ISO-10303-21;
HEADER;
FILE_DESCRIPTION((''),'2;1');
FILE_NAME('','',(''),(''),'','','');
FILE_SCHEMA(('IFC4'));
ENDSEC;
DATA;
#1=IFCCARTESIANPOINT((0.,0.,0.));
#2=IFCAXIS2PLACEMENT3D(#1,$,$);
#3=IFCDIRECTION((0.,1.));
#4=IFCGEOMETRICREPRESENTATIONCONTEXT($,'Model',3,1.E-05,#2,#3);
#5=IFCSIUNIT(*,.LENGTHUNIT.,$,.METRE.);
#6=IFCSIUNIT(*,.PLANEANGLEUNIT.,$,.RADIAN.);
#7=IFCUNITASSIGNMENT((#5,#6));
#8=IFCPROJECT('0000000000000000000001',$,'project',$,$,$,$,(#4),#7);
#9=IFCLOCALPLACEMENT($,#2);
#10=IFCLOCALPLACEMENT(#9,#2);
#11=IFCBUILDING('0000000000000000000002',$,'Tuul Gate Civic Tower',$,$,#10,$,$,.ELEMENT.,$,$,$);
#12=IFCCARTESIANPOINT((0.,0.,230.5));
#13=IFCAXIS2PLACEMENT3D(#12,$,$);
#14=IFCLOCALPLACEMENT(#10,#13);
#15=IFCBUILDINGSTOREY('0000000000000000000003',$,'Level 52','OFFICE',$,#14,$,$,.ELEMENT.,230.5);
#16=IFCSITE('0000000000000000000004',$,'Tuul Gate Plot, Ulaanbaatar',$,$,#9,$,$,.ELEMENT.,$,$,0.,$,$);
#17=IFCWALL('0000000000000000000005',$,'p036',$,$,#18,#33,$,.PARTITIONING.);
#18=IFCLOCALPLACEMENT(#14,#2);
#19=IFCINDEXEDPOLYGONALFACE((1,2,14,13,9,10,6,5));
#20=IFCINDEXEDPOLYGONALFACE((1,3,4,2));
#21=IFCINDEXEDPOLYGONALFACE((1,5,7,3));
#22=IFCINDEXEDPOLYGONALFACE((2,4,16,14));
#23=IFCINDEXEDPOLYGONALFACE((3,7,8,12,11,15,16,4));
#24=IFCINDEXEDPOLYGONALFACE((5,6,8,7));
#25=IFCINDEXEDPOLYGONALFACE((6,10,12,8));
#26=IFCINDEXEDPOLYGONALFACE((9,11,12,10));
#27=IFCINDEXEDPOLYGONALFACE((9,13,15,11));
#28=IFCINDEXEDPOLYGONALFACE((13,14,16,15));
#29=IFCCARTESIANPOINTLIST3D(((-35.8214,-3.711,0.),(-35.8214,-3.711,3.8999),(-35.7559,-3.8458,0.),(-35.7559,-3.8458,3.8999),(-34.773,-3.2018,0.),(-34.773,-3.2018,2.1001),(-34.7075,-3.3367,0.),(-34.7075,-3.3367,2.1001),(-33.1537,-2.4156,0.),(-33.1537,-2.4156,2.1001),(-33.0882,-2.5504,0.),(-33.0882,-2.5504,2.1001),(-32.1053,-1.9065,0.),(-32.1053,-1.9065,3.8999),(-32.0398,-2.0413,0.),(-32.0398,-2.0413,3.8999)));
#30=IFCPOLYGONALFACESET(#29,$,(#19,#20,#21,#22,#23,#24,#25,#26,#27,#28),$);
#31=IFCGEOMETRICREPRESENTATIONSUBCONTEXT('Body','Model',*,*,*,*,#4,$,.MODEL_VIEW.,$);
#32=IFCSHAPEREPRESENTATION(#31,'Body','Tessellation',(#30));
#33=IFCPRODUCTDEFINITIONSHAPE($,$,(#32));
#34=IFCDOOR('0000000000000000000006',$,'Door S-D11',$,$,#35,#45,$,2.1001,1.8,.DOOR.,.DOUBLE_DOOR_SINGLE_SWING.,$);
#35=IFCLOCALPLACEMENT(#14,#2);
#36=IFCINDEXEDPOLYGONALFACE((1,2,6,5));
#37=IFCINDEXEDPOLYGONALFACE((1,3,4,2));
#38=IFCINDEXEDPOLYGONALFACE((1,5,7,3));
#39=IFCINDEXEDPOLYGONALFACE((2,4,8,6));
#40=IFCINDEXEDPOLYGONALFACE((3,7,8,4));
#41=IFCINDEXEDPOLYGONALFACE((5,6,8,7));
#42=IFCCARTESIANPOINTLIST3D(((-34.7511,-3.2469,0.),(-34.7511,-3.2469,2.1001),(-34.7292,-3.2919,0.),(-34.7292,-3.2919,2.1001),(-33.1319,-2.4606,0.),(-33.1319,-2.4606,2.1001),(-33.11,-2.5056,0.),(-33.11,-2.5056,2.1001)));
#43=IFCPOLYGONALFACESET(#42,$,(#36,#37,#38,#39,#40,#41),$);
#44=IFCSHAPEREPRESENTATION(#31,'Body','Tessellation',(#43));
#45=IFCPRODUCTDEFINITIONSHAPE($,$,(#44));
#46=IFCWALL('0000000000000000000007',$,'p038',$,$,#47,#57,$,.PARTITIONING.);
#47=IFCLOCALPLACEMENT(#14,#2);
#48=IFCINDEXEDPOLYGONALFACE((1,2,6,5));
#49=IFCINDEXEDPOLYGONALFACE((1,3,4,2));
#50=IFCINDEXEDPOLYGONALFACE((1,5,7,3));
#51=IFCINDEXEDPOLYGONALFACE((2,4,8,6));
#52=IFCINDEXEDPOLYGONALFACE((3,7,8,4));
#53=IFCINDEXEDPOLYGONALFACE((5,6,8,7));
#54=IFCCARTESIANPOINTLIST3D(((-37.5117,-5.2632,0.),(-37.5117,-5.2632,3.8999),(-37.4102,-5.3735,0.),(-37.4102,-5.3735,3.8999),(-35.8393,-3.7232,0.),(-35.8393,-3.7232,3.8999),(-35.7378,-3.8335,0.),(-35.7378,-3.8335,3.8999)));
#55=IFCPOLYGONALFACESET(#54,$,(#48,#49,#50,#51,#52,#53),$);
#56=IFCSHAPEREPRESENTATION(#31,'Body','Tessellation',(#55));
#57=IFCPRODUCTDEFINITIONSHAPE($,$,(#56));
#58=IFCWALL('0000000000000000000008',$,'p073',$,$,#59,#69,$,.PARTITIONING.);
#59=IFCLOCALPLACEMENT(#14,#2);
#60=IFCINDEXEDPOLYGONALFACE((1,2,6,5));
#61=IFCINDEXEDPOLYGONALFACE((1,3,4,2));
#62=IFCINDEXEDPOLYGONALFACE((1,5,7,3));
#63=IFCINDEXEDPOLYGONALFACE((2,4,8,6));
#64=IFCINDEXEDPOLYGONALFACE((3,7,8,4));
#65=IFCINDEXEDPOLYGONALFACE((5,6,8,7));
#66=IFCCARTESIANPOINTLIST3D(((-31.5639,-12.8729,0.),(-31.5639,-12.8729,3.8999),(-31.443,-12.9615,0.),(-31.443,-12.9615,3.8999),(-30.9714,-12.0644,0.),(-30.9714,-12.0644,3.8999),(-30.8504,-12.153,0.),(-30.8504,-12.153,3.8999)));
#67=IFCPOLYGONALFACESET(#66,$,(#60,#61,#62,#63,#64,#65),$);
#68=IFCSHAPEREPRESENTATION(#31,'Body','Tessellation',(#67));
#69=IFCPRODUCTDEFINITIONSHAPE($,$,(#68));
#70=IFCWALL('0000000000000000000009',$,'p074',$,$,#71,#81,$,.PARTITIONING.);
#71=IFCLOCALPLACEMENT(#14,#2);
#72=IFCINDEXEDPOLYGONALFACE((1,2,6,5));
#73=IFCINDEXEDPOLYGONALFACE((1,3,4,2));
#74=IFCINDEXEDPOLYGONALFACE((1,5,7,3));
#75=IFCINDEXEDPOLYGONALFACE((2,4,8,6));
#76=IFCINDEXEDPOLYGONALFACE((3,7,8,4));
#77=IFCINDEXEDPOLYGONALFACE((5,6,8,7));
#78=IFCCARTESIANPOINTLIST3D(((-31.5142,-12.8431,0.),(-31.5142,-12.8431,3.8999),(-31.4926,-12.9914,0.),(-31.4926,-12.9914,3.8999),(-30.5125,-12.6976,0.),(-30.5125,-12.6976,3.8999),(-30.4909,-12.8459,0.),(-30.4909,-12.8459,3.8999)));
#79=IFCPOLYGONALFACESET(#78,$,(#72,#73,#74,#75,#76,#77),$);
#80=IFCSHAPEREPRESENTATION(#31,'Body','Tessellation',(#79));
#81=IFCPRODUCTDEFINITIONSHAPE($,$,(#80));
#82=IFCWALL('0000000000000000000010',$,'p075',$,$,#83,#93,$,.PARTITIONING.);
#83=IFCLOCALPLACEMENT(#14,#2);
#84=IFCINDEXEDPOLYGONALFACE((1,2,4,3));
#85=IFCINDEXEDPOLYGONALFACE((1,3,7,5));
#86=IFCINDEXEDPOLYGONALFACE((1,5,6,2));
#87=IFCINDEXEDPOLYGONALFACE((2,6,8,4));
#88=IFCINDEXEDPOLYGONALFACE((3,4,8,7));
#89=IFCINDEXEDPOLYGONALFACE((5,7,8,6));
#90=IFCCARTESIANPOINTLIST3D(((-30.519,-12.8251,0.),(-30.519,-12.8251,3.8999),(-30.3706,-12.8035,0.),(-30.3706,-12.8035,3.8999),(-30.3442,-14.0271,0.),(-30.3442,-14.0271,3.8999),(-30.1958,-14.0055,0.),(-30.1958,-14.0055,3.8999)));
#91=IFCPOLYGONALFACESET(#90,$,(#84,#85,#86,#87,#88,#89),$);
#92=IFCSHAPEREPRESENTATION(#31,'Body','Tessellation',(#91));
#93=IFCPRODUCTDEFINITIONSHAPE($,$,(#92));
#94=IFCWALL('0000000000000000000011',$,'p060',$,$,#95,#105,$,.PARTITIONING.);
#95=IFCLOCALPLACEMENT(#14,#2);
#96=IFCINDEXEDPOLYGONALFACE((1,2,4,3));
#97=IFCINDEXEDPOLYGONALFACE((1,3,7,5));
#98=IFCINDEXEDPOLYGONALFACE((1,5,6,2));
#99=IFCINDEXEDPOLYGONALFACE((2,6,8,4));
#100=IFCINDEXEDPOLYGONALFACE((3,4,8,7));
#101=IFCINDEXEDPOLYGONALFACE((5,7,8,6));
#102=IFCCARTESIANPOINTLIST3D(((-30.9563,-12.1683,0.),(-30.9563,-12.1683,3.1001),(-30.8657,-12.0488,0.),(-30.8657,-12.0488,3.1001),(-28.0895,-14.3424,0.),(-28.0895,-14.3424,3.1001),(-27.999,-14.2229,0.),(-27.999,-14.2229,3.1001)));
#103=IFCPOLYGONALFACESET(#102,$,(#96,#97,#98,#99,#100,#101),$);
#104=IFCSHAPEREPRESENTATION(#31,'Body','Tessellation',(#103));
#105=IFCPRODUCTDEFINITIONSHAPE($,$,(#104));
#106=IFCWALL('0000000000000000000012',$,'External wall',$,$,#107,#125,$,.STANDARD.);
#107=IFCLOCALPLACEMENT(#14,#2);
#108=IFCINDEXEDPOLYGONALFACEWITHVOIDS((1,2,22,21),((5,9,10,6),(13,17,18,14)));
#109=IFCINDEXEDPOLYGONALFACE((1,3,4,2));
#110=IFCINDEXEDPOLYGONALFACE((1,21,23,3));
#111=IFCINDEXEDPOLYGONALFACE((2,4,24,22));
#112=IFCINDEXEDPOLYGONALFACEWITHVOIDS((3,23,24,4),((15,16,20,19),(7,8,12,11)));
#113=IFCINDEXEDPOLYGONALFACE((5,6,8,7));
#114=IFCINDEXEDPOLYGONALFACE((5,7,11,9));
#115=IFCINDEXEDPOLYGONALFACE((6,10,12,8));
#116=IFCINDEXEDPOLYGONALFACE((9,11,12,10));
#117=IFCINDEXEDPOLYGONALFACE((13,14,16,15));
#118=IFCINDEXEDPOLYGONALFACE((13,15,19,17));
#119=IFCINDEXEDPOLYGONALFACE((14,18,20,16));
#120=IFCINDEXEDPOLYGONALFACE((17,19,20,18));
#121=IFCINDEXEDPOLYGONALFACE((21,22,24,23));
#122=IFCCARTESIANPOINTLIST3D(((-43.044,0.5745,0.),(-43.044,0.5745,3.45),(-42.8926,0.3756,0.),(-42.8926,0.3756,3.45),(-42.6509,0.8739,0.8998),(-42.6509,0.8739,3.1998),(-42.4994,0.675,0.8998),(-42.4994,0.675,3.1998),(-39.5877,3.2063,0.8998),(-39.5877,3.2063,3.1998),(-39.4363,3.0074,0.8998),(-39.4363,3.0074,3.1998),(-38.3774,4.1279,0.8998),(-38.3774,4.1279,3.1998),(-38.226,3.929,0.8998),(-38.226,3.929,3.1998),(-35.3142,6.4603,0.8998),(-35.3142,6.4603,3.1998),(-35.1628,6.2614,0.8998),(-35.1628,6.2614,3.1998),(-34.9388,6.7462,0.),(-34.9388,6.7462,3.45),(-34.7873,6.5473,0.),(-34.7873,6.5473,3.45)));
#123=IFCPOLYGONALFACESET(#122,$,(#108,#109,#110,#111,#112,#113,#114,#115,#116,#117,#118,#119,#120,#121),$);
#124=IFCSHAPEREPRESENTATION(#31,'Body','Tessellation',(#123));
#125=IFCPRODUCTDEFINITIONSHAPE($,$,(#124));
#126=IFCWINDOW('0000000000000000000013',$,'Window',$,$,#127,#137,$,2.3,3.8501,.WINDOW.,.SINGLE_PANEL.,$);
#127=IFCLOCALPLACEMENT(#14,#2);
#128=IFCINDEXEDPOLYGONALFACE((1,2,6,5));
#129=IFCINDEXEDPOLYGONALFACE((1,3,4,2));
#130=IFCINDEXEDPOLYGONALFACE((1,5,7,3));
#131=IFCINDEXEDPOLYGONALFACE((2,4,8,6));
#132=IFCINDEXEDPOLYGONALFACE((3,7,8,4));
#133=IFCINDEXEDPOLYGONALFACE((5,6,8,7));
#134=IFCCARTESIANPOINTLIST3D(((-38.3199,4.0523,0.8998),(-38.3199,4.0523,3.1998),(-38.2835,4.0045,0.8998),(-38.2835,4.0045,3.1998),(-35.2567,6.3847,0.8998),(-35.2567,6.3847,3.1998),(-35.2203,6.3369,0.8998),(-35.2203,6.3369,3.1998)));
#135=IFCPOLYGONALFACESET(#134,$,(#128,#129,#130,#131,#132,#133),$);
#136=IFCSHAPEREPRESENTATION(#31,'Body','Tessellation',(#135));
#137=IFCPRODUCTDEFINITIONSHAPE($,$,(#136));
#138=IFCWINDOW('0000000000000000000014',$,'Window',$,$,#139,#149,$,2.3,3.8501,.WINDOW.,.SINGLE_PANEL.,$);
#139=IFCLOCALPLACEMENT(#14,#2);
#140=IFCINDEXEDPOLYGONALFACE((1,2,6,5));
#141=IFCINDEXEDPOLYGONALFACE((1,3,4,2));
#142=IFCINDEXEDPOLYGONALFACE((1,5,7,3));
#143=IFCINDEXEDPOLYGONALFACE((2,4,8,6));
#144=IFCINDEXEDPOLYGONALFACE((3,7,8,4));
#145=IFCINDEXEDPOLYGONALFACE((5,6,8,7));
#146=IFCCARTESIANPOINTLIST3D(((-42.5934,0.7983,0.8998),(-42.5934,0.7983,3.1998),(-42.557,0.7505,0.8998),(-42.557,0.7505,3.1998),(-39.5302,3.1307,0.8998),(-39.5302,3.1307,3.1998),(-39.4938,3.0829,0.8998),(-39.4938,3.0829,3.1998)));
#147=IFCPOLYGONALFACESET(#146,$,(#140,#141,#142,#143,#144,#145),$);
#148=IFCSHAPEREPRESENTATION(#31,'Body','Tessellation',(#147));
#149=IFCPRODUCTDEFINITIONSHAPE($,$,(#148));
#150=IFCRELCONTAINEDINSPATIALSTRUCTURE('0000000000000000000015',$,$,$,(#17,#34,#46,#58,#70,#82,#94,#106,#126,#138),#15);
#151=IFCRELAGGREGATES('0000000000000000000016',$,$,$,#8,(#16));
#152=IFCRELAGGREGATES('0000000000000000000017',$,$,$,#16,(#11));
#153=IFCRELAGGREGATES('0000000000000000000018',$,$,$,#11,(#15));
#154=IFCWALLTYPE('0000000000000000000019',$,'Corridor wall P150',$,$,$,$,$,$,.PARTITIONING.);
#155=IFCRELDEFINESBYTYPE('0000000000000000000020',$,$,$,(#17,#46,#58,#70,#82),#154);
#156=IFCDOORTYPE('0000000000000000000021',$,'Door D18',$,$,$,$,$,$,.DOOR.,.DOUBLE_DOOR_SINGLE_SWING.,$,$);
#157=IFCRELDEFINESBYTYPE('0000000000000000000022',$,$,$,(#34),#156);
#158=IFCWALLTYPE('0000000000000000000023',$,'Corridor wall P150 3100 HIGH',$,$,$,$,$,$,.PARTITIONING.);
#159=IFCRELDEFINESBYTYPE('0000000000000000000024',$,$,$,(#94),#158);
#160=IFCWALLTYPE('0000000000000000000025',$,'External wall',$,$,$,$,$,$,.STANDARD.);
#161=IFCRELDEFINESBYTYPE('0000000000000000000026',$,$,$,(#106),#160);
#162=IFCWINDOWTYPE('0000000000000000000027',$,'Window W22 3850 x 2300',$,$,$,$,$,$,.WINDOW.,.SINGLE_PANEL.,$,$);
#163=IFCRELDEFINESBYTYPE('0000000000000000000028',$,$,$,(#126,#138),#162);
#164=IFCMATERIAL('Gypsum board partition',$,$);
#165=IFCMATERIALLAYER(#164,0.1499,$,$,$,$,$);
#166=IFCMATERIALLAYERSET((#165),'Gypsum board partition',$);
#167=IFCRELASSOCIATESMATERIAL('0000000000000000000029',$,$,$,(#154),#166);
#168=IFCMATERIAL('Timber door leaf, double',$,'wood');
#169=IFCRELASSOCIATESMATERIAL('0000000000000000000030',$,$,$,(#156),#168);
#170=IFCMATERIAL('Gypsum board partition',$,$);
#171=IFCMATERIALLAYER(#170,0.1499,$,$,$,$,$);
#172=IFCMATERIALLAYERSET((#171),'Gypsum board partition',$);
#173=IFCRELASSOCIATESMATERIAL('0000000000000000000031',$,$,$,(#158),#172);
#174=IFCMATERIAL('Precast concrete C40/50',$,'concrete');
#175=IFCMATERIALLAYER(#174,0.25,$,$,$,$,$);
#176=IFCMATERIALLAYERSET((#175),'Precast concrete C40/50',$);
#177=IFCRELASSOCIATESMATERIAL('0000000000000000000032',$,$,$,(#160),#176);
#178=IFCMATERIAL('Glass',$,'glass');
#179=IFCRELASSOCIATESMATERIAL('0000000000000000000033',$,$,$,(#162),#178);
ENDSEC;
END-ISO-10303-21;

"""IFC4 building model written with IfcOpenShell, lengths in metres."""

from ifc_helpers import new_model, si_unit, direction, frame, frame_2d, origin, place, context, subcontext, project, spatial, rectangle, extrude, material, layer, layer_set, type_object, element, fill, save


model = new_model("IFC4")

# Units and contexts
model_context = context("Model", 3, precision=1e-05, world=origin(), true_north=direction((0.0, 1.0)))
body_context = subcontext(model_context, "Body", "Model", "MODEL_VIEW")
ifc_project = project(units=[si_unit("LENGTHUNIT", "METRE"), si_unit("PLANEANGLEUNIT", "RADIAN")], contexts=[model_context])

# Site, building, storey
site_placement = place(None, origin())
site = spatial("IfcSite", under=ifc_project, at=site_placement, Name="Tuul Gate Plot, Ulaanbaatar", CompositionType="ELEMENT", RefElevation=0.0)
building_placement = place(site_placement, origin())
building = spatial("IfcBuilding", under=site, at=building_placement, Name="Tuul Gate Civic Tower", CompositionType="ELEMENT")
storey_placement = place(building_placement, frame((0.0, 0.0, 230.5)))
storey = spatial("IfcBuildingStorey", under=building, at=storey_placement, Name="Level 52", Description="OFFICE", CompositionType="ELEMENT", Elevation=230.5)

# Shared definitions
ifc_material_1 = material(Name="Gypsum board partition")
ifc_layer_1 = layer(ifc_material_1, 0.1499)
ifc_layer_set_1 = layer_set([ifc_layer_1], Name="Gypsum board partition")
wall_type_1 = type_object("IfcWallType", Name="Corridor wall P150", PredefinedType="PARTITIONING", material=ifc_layer_set_1)

# Wall, opening, door
wall_1_placement = place(storey_placement, frame((-35.7886, -3.7783, 0.0), z_axis=(0.0, 0.0, 1.0), x_axis=(0.899556, 0.436806, 0.0)))
wall_1 = element("IfcWall", 1, at=wall_1_placement, inside=storey, type_object=wall_type_1, Name="p036", PredefinedType="PARTITIONING", context=body_context, shape_type="SweptSolid", body=[
    extrude(rectangle(XDim=4.1311, YDim=0.1499, at=frame_2d((2.0654, 0.0))), origin(), (0.0, 0.0, 1.0), 3.8999),
])
opening_1_placement = place(wall_1_placement, frame((1.1655, 0.0, 0.0)))
opening_1 = element("IfcOpeningElement", 2, at=opening_1_placement, cuts=wall_1, PredefinedType="OPENING", context=body_context, shape_type="SweptSolid", body=[
    extrude(rectangle(XDim=1.8, YDim=2.1001, at=frame_2d((0.8999, 1.05))), frame((0.0, 0.085, 0.0), z_axis=(0.0, -1.0, 0.0), x_axis=(1.0, 0.0, 0.0)), (0.0, 0.0, 1.0), 0.1699),
])
ifc_material_2 = material(Name="Timber door leaf, double", Category="wood")
door_type_1 = type_object("IfcDoorType", Name="Door D18", OperationType="DOUBLE_DOOR_SINGLE_SWING", PredefinedType="DOOR", material=ifc_material_2)
door_1_placement = place(opening_1_placement, origin())
door_1 = element("IfcDoor", 3, at=door_1_placement, inside=storey, type_object=door_type_1, Name="Door S-D11", OperationType="DOUBLE_DOOR_SINGLE_SWING", OverallHeight=2.1001, OverallWidth=1.8, PredefinedType="DOOR", context=body_context, shape_type="SweptSolid", body=[
    extrude(rectangle(XDim=1.8, YDim=2.1001, at=frame_2d((0.8999, 1.05))), frame((0.0, 0.0249, 0.0), z_axis=(0.0, -1.0, 0.0), x_axis=(1.0, 0.0, 0.0)), (0.0, 0.0, 1.0), 0.05),
])
fill(opening_1, door_1)

# Walls
wall_2_placement = place(storey_placement, frame((-37.4609, -5.3184, 0.0), z_axis=(0.0, 0.0, 1.0), x_axis=(0.73561, 0.677405, 0.0)))
element("IfcWall", 4, at=wall_2_placement, inside=storey, type_object=wall_type_1, Name="p038", PredefinedType="PARTITIONING", context=body_context, shape_type="SweptSolid", body=[
    extrude(rectangle(XDim=2.2734, YDim=0.1499, at=frame_2d((1.1367, 0.0))), origin(), (0.0, 0.0, 1.0), 3.8999),
])
wall_3_placement = place(storey_placement, frame((-31.5034, -12.9172, 0.0), z_axis=(0.0, 0.0, 1.0), x_axis=(0.591079, 0.806614, 0.0)))
element("IfcWall", 5, at=wall_3_placement, inside=storey, type_object=wall_type_1, Name="p073", PredefinedType="PARTITIONING", context=body_context, shape_type="SweptSolid", body=[
    extrude(rectangle(XDim=1.0024, YDim=0.1499, at=frame_2d((0.5012, 0.0))), origin(), (0.0, 0.0, 1.0), 3.8999),
])
wall_4_placement = place(storey_placement, frame((-31.5034, -12.9172, 0.0), z_axis=(0.0, 0.0, 1.0), x_axis=(0.989614, 0.143751, 0.0)))
element("IfcWall", 6, at=wall_4_placement, inside=storey, type_object=wall_type_1, Name="p074", PredefinedType="PARTITIONING", context=body_context, shape_type="SweptSolid", body=[
    extrude(rectangle(XDim=1.0122, YDim=0.1499, at=frame_2d((0.5061, 0.0))), origin(), (0.0, 0.0, 1.0), 3.8999),
])
wall_5_placement = place(storey_placement, frame((-30.4448, -12.8142, 0.0), z_axis=(0.0, 0.0, 1.0), x_axis=(0.143926, -0.989589, 0.0)))
element("IfcWall", 7, at=wall_5_placement, inside=storey, type_object=wall_type_1, Name="p075", PredefinedType="PARTITIONING", context=body_context, shape_type="SweptSolid", body=[
    extrude(rectangle(XDim=1.2146, YDim=0.1499, at=frame_2d((0.6074, 0.0))), origin(), (0.0, 0.0, 1.0), 3.8999),
])
ifc_material_3 = material(Name="Gypsum board partition")
ifc_layer_2 = layer(ifc_material_3, 0.1499)
ifc_layer_set_2 = layer_set([ifc_layer_2], Name="Gypsum board partition")
wall_type_2 = type_object("IfcWallType", Name="Corridor wall P150 3100 HIGH", PredefinedType="PARTITIONING", material=ifc_layer_set_2)
wall_6_placement = place(storey_placement, frame((-30.9109, -12.1086, 0.0), z_axis=(0.0, 0.0, 1.0), x_axis=(0.79678, -0.604269, 0.0)))
element("IfcWall", 8, at=wall_6_placement, inside=storey, type_object=wall_type_2, Name="p060", PredefinedType="PARTITIONING", context=body_context, shape_type="SweptSolid", body=[
    extrude(rectangle(XDim=3.5979, YDim=0.1499, at=frame_2d((1.7988, 0.0))), origin(), (0.0, 0.0, 1.0), 3.1001),
])

# Wall, openings, windows
ifc_material_4 = material(Name="Precast concrete C40/50", Category="concrete")
ifc_layer_3 = layer(ifc_material_4, 0.25)
ifc_layer_set_3 = layer_set([ifc_layer_3], Name="Precast concrete C40/50")
wall_type_3 = type_object("IfcWallType", Name="External wall", PredefinedType="STANDARD", material=ifc_layer_set_3)
wall_7_placement = place(storey_placement, frame((-34.863, 6.6467, 0.0), z_axis=(0.0, 0.0, 1.0), x_axis=(-0.79561, -0.605809, 0.0)))
wall_7 = element("IfcWall", 9, at=wall_7_placement, inside=storey, type_object=wall_type_3, Name="External wall", PredefinedType="STANDARD", context=body_context, shape_type="SweptSolid", body=[
    extrude(rectangle(XDim=10.1875, YDim=0.25, at=frame_2d((5.0938, 0.0))), origin(), (0.0, 0.0, 1.0), 3.45),
])
opening_2_placement = place(wall_7_placement, frame((0.4719, 0.0, 0.8999)))
opening_2 = element("IfcOpeningElement", 10, at=opening_2_placement, cuts=wall_7, PredefinedType="OPENING", context=body_context, shape_type="SweptSolid", body=[
    extrude(rectangle(XDim=3.8501, YDim=2.3, at=frame_2d((1.925, 1.1499))), frame((0.0, 0.135, 0.0), z_axis=(0.0, -1.0, 0.0), x_axis=(1.0, 0.0, 0.0)), (0.0, 0.0, 1.0), 0.27),
])
opening_3_placement = place(wall_7_placement, frame((5.8433, 0.0, 0.8999)))
opening_3 = element("IfcOpeningElement", 11, at=opening_3_placement, cuts=wall_7, PredefinedType="OPENING", context=body_context, shape_type="SweptSolid", body=[
    extrude(rectangle(XDim=3.8501, YDim=2.3, at=frame_2d((1.925, 1.1499))), frame((0.0, 0.135, 0.0), z_axis=(0.0, -1.0, 0.0), x_axis=(1.0, 0.0, 0.0)), (0.0, 0.0, 1.0), 0.27),
])
ifc_material_5 = material(Name="Glass", Category="glass")
window_type = type_object("IfcWindowType", Name="Window W22 3850 x 2300", PartitioningType="SINGLE_PANEL", PredefinedType="WINDOW", material=ifc_material_5)
window_1_placement = place(opening_2_placement, origin())
window_1 = element("IfcWindow", 12, at=window_1_placement, inside=storey, type_object=window_type, Name="Window", OverallHeight=2.3, OverallWidth=3.8501, PartitioningType="SINGLE_PANEL", PredefinedType="WINDOW", context=body_context, shape_type="SweptSolid", body=[
    extrude(rectangle(XDim=3.8501, YDim=2.3, at=frame_2d((1.925, 1.1499))), frame((0.0, 0.03, 0.0), z_axis=(0.0, -1.0, 0.0), x_axis=(1.0, 0.0, 0.0)), (0.0, 0.0, 1.0), 0.0601),
])
fill(opening_2, window_1)
window_2_placement = place(opening_3_placement, origin())
window_2 = element("IfcWindow", 13, at=window_2_placement, inside=storey, type_object=window_type, Name="Window", OverallHeight=2.3, OverallWidth=3.8501, PartitioningType="SINGLE_PANEL", PredefinedType="WINDOW", context=body_context, shape_type="SweptSolid", body=[
    extrude(rectangle(XDim=3.8501, YDim=2.3, at=frame_2d((1.925, 1.1499))), frame((0.0, 0.03, 0.0), z_axis=(0.0, -1.0, 0.0), x_axis=(1.0, 0.0, 0.0)), (0.0, 0.0, 1.0), 0.0601),
])
fill(opening_3, window_2)

save(model, "model.ifc")
